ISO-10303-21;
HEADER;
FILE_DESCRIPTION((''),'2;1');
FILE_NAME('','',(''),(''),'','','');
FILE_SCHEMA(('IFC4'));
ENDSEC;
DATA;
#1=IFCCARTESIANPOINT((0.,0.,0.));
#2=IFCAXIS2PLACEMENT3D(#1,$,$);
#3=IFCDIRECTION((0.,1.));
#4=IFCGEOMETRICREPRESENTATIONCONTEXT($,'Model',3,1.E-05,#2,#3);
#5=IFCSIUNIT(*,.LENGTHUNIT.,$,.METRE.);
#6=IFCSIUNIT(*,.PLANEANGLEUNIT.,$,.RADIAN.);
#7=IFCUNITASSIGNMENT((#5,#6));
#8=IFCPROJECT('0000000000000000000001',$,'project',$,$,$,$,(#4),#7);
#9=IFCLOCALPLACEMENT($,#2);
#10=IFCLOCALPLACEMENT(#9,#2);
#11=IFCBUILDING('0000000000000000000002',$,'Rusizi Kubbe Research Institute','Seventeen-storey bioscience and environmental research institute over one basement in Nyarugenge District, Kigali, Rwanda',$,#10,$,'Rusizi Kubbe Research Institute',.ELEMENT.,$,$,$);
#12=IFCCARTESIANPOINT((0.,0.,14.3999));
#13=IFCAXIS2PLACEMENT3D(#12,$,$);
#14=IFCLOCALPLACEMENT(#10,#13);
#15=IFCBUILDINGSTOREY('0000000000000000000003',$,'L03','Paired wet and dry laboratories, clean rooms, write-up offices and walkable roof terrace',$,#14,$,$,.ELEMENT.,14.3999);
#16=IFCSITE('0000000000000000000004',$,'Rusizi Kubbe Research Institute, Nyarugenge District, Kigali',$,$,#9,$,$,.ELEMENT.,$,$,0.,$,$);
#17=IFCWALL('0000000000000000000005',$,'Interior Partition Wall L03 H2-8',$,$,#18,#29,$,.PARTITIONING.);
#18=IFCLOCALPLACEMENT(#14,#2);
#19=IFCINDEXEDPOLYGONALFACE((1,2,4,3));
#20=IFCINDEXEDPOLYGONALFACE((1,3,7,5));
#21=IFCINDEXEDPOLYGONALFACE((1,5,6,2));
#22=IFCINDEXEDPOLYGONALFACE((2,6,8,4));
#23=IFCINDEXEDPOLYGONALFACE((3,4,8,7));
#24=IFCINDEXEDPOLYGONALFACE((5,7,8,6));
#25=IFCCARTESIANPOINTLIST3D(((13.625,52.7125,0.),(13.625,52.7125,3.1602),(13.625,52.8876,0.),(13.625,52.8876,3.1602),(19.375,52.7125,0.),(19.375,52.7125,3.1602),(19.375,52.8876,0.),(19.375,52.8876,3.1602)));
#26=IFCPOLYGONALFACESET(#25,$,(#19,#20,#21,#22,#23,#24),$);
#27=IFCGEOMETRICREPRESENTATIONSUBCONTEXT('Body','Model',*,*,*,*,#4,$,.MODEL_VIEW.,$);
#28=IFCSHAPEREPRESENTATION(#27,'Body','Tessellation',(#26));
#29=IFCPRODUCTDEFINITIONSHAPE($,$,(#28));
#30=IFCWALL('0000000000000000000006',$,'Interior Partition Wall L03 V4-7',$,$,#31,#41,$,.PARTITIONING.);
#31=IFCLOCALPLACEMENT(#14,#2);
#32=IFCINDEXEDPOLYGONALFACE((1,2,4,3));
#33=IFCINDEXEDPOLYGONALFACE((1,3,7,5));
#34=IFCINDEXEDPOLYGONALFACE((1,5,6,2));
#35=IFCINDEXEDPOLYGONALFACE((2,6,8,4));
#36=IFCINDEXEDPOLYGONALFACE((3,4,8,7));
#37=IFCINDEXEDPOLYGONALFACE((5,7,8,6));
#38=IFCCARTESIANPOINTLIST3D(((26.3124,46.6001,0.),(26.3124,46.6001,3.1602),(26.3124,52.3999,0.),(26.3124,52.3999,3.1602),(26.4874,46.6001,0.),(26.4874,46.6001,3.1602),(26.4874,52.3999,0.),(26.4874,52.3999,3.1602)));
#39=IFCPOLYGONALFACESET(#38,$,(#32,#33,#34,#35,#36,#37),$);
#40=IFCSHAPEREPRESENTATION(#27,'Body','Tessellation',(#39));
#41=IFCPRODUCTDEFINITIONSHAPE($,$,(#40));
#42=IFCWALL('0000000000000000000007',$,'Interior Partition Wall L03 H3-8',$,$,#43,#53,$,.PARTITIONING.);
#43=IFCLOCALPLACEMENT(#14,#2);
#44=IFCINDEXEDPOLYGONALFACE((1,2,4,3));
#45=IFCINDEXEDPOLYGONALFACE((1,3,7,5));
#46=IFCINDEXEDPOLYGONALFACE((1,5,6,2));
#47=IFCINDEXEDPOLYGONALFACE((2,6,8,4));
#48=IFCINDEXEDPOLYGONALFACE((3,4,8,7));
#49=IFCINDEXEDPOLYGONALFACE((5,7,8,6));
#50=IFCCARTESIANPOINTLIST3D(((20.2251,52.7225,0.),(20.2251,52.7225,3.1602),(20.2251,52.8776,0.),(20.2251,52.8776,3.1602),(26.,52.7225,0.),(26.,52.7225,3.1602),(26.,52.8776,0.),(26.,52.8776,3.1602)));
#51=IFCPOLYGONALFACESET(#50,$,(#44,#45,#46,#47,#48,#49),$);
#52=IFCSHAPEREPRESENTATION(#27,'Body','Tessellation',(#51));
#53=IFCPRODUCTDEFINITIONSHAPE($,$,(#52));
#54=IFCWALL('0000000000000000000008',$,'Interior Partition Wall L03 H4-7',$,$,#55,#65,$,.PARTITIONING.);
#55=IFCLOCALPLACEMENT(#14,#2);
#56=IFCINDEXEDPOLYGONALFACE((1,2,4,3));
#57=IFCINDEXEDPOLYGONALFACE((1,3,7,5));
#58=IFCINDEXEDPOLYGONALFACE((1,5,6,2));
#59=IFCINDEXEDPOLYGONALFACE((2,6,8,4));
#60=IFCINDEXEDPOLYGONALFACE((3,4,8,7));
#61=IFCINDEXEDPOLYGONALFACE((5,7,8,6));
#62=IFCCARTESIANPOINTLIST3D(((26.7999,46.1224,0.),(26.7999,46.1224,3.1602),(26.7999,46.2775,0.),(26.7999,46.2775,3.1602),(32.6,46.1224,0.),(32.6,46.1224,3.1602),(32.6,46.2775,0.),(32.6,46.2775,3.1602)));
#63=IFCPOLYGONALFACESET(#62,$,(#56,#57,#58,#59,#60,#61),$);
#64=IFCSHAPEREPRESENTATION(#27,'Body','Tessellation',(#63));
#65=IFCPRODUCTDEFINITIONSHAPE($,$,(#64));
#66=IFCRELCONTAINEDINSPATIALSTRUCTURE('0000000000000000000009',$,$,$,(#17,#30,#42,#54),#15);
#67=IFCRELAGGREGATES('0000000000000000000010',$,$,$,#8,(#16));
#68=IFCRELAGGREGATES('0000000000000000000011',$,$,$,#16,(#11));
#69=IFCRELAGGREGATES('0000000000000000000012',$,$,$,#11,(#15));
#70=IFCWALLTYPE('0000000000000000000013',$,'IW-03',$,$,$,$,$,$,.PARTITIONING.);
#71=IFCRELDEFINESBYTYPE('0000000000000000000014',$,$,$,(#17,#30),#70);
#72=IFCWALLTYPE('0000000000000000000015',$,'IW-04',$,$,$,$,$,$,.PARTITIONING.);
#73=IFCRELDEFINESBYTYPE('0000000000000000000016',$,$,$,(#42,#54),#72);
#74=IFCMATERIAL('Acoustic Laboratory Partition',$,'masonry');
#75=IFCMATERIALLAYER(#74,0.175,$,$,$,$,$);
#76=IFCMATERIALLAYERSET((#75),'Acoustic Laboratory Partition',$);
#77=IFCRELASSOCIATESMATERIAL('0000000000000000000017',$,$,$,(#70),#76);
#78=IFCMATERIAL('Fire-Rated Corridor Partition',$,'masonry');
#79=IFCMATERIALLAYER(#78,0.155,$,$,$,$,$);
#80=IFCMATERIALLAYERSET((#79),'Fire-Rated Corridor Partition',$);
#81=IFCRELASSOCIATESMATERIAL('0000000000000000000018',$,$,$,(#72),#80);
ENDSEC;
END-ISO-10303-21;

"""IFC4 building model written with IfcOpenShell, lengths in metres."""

from ifc_helpers import new_model, si_unit, direction, frame, frame_2d, origin, place, context, subcontext, project, spatial, rectangle, extrude, material, layer, layer_set, type_object, element, save


model = new_model("IFC4")

# Units and contexts
model_context = context("Model", 3, precision=1e-05, world=origin(), true_north=direction((0.0, 1.0)))
body_context = subcontext(model_context, "Body", "Model", "MODEL_VIEW")
ifc_project = project(units=[si_unit("LENGTHUNIT", "METRE"), si_unit("PLANEANGLEUNIT", "RADIAN")], contexts=[model_context])

# Site, building, storey
site_placement = place(None, origin())
site = spatial("IfcSite", under=ifc_project, at=site_placement, Name="Rusizi Kubbe Research Institute, Nyarugenge District, Kigali", CompositionType="ELEMENT", RefElevation=0.0)
building_placement = place(site_placement, origin())
building = spatial("IfcBuilding", under=site, at=building_placement, Name="Rusizi Kubbe Research Institute", Description="Seventeen-storey bioscience and environmental research institute over one basement in Nyarugenge District, Kigali, Rwanda", LongName="Rusizi Kubbe Research Institute", CompositionType="ELEMENT")
storey_placement = place(building_placement, frame((0.0, 0.0, 14.3999)))
storey = spatial("IfcBuildingStorey", under=building, at=storey_placement, Name="L03", Description="Paired wet and dry laboratories, clean rooms, write-up offices and walkable roof terrace", CompositionType="ELEMENT", Elevation=14.3999)

# Walls
ifc_material_1 = material(Name="Acoustic Laboratory Partition", Category="masonry")
ifc_layer_1 = layer(ifc_material_1, 0.175)
ifc_layer_set_1 = layer_set([ifc_layer_1], Name="Acoustic Laboratory Partition")
wall_type_1 = type_object("IfcWallType", Name="IW-03", PredefinedType="PARTITIONING", material=ifc_layer_set_1)
wall_1_placement = place(storey_placement, frame((13.625, 52.8, 0.0), z_axis=(0.0, 0.0, 1.0), x_axis=(1.0, 0.0, 0.0)))
element("IfcWall", 1, at=wall_1_placement, inside=storey, type_object=wall_type_1, Name="Interior Partition Wall L03 H2-8", PredefinedType="PARTITIONING", context=body_context, shape_type="SweptSolid", body=[
    extrude(rectangle(XDim=5.75, YDim=0.175, at=frame_2d((2.875, 0.0))), origin(), (0.0, 0.0, 1.0), 3.1602),
])
wall_2_placement = place(storey_placement, frame((26.3999, 46.6001, 0.0), z_axis=(0.0, 0.0, 1.0), x_axis=(0.0, 1.0, 0.0)))
element("IfcWall", 2, at=wall_2_placement, inside=storey, type_object=wall_type_1, Name="Interior Partition Wall L03 V4-7", PredefinedType="PARTITIONING", context=body_context, shape_type="SweptSolid", body=[
    extrude(rectangle(XDim=5.7998, YDim=0.175, at=frame_2d((2.8999, 0.0))), origin(), (0.0, 0.0, 1.0), 3.1602),
])
ifc_material_2 = material(Name="Fire-Rated Corridor Partition", Category="masonry")
ifc_layer_2 = layer(ifc_material_2, 0.155)
ifc_layer_set_2 = layer_set([ifc_layer_2], Name="Fire-Rated Corridor Partition")
wall_type_2 = type_object("IfcWallType", Name="IW-04", PredefinedType="PARTITIONING", material=ifc_layer_set_2)
wall_3_placement = place(storey_placement, frame((20.2251, 52.8, 0.0), z_axis=(0.0, 0.0, 1.0), x_axis=(1.0, 0.0, 0.0)))
element("IfcWall", 3, at=wall_3_placement, inside=storey, type_object=wall_type_2, Name="Interior Partition Wall L03 H3-8", PredefinedType="PARTITIONING", context=body_context, shape_type="SweptSolid", body=[
    extrude(rectangle(XDim=5.7749, YDim=0.155, at=frame_2d((2.8875, 0.0))), origin(), (0.0, 0.0, 1.0), 3.1602),
])
wall_4_placement = place(storey_placement, frame((26.8, 46.2, 0.0), z_axis=(0.0, 0.0, 1.0), x_axis=(1.0, 0.0, 0.0)))
element("IfcWall", 4, at=wall_4_placement, inside=storey, type_object=wall_type_2, Name="Interior Partition Wall L03 H4-7", PredefinedType="PARTITIONING", context=body_context, shape_type="SweptSolid", body=[
    extrude(rectangle(XDim=5.8, YDim=0.155, at=frame_2d((2.8999, 0.0))), origin(), (0.0, 0.0, 1.0), 3.1602),
])

save(model, "model.ifc")
